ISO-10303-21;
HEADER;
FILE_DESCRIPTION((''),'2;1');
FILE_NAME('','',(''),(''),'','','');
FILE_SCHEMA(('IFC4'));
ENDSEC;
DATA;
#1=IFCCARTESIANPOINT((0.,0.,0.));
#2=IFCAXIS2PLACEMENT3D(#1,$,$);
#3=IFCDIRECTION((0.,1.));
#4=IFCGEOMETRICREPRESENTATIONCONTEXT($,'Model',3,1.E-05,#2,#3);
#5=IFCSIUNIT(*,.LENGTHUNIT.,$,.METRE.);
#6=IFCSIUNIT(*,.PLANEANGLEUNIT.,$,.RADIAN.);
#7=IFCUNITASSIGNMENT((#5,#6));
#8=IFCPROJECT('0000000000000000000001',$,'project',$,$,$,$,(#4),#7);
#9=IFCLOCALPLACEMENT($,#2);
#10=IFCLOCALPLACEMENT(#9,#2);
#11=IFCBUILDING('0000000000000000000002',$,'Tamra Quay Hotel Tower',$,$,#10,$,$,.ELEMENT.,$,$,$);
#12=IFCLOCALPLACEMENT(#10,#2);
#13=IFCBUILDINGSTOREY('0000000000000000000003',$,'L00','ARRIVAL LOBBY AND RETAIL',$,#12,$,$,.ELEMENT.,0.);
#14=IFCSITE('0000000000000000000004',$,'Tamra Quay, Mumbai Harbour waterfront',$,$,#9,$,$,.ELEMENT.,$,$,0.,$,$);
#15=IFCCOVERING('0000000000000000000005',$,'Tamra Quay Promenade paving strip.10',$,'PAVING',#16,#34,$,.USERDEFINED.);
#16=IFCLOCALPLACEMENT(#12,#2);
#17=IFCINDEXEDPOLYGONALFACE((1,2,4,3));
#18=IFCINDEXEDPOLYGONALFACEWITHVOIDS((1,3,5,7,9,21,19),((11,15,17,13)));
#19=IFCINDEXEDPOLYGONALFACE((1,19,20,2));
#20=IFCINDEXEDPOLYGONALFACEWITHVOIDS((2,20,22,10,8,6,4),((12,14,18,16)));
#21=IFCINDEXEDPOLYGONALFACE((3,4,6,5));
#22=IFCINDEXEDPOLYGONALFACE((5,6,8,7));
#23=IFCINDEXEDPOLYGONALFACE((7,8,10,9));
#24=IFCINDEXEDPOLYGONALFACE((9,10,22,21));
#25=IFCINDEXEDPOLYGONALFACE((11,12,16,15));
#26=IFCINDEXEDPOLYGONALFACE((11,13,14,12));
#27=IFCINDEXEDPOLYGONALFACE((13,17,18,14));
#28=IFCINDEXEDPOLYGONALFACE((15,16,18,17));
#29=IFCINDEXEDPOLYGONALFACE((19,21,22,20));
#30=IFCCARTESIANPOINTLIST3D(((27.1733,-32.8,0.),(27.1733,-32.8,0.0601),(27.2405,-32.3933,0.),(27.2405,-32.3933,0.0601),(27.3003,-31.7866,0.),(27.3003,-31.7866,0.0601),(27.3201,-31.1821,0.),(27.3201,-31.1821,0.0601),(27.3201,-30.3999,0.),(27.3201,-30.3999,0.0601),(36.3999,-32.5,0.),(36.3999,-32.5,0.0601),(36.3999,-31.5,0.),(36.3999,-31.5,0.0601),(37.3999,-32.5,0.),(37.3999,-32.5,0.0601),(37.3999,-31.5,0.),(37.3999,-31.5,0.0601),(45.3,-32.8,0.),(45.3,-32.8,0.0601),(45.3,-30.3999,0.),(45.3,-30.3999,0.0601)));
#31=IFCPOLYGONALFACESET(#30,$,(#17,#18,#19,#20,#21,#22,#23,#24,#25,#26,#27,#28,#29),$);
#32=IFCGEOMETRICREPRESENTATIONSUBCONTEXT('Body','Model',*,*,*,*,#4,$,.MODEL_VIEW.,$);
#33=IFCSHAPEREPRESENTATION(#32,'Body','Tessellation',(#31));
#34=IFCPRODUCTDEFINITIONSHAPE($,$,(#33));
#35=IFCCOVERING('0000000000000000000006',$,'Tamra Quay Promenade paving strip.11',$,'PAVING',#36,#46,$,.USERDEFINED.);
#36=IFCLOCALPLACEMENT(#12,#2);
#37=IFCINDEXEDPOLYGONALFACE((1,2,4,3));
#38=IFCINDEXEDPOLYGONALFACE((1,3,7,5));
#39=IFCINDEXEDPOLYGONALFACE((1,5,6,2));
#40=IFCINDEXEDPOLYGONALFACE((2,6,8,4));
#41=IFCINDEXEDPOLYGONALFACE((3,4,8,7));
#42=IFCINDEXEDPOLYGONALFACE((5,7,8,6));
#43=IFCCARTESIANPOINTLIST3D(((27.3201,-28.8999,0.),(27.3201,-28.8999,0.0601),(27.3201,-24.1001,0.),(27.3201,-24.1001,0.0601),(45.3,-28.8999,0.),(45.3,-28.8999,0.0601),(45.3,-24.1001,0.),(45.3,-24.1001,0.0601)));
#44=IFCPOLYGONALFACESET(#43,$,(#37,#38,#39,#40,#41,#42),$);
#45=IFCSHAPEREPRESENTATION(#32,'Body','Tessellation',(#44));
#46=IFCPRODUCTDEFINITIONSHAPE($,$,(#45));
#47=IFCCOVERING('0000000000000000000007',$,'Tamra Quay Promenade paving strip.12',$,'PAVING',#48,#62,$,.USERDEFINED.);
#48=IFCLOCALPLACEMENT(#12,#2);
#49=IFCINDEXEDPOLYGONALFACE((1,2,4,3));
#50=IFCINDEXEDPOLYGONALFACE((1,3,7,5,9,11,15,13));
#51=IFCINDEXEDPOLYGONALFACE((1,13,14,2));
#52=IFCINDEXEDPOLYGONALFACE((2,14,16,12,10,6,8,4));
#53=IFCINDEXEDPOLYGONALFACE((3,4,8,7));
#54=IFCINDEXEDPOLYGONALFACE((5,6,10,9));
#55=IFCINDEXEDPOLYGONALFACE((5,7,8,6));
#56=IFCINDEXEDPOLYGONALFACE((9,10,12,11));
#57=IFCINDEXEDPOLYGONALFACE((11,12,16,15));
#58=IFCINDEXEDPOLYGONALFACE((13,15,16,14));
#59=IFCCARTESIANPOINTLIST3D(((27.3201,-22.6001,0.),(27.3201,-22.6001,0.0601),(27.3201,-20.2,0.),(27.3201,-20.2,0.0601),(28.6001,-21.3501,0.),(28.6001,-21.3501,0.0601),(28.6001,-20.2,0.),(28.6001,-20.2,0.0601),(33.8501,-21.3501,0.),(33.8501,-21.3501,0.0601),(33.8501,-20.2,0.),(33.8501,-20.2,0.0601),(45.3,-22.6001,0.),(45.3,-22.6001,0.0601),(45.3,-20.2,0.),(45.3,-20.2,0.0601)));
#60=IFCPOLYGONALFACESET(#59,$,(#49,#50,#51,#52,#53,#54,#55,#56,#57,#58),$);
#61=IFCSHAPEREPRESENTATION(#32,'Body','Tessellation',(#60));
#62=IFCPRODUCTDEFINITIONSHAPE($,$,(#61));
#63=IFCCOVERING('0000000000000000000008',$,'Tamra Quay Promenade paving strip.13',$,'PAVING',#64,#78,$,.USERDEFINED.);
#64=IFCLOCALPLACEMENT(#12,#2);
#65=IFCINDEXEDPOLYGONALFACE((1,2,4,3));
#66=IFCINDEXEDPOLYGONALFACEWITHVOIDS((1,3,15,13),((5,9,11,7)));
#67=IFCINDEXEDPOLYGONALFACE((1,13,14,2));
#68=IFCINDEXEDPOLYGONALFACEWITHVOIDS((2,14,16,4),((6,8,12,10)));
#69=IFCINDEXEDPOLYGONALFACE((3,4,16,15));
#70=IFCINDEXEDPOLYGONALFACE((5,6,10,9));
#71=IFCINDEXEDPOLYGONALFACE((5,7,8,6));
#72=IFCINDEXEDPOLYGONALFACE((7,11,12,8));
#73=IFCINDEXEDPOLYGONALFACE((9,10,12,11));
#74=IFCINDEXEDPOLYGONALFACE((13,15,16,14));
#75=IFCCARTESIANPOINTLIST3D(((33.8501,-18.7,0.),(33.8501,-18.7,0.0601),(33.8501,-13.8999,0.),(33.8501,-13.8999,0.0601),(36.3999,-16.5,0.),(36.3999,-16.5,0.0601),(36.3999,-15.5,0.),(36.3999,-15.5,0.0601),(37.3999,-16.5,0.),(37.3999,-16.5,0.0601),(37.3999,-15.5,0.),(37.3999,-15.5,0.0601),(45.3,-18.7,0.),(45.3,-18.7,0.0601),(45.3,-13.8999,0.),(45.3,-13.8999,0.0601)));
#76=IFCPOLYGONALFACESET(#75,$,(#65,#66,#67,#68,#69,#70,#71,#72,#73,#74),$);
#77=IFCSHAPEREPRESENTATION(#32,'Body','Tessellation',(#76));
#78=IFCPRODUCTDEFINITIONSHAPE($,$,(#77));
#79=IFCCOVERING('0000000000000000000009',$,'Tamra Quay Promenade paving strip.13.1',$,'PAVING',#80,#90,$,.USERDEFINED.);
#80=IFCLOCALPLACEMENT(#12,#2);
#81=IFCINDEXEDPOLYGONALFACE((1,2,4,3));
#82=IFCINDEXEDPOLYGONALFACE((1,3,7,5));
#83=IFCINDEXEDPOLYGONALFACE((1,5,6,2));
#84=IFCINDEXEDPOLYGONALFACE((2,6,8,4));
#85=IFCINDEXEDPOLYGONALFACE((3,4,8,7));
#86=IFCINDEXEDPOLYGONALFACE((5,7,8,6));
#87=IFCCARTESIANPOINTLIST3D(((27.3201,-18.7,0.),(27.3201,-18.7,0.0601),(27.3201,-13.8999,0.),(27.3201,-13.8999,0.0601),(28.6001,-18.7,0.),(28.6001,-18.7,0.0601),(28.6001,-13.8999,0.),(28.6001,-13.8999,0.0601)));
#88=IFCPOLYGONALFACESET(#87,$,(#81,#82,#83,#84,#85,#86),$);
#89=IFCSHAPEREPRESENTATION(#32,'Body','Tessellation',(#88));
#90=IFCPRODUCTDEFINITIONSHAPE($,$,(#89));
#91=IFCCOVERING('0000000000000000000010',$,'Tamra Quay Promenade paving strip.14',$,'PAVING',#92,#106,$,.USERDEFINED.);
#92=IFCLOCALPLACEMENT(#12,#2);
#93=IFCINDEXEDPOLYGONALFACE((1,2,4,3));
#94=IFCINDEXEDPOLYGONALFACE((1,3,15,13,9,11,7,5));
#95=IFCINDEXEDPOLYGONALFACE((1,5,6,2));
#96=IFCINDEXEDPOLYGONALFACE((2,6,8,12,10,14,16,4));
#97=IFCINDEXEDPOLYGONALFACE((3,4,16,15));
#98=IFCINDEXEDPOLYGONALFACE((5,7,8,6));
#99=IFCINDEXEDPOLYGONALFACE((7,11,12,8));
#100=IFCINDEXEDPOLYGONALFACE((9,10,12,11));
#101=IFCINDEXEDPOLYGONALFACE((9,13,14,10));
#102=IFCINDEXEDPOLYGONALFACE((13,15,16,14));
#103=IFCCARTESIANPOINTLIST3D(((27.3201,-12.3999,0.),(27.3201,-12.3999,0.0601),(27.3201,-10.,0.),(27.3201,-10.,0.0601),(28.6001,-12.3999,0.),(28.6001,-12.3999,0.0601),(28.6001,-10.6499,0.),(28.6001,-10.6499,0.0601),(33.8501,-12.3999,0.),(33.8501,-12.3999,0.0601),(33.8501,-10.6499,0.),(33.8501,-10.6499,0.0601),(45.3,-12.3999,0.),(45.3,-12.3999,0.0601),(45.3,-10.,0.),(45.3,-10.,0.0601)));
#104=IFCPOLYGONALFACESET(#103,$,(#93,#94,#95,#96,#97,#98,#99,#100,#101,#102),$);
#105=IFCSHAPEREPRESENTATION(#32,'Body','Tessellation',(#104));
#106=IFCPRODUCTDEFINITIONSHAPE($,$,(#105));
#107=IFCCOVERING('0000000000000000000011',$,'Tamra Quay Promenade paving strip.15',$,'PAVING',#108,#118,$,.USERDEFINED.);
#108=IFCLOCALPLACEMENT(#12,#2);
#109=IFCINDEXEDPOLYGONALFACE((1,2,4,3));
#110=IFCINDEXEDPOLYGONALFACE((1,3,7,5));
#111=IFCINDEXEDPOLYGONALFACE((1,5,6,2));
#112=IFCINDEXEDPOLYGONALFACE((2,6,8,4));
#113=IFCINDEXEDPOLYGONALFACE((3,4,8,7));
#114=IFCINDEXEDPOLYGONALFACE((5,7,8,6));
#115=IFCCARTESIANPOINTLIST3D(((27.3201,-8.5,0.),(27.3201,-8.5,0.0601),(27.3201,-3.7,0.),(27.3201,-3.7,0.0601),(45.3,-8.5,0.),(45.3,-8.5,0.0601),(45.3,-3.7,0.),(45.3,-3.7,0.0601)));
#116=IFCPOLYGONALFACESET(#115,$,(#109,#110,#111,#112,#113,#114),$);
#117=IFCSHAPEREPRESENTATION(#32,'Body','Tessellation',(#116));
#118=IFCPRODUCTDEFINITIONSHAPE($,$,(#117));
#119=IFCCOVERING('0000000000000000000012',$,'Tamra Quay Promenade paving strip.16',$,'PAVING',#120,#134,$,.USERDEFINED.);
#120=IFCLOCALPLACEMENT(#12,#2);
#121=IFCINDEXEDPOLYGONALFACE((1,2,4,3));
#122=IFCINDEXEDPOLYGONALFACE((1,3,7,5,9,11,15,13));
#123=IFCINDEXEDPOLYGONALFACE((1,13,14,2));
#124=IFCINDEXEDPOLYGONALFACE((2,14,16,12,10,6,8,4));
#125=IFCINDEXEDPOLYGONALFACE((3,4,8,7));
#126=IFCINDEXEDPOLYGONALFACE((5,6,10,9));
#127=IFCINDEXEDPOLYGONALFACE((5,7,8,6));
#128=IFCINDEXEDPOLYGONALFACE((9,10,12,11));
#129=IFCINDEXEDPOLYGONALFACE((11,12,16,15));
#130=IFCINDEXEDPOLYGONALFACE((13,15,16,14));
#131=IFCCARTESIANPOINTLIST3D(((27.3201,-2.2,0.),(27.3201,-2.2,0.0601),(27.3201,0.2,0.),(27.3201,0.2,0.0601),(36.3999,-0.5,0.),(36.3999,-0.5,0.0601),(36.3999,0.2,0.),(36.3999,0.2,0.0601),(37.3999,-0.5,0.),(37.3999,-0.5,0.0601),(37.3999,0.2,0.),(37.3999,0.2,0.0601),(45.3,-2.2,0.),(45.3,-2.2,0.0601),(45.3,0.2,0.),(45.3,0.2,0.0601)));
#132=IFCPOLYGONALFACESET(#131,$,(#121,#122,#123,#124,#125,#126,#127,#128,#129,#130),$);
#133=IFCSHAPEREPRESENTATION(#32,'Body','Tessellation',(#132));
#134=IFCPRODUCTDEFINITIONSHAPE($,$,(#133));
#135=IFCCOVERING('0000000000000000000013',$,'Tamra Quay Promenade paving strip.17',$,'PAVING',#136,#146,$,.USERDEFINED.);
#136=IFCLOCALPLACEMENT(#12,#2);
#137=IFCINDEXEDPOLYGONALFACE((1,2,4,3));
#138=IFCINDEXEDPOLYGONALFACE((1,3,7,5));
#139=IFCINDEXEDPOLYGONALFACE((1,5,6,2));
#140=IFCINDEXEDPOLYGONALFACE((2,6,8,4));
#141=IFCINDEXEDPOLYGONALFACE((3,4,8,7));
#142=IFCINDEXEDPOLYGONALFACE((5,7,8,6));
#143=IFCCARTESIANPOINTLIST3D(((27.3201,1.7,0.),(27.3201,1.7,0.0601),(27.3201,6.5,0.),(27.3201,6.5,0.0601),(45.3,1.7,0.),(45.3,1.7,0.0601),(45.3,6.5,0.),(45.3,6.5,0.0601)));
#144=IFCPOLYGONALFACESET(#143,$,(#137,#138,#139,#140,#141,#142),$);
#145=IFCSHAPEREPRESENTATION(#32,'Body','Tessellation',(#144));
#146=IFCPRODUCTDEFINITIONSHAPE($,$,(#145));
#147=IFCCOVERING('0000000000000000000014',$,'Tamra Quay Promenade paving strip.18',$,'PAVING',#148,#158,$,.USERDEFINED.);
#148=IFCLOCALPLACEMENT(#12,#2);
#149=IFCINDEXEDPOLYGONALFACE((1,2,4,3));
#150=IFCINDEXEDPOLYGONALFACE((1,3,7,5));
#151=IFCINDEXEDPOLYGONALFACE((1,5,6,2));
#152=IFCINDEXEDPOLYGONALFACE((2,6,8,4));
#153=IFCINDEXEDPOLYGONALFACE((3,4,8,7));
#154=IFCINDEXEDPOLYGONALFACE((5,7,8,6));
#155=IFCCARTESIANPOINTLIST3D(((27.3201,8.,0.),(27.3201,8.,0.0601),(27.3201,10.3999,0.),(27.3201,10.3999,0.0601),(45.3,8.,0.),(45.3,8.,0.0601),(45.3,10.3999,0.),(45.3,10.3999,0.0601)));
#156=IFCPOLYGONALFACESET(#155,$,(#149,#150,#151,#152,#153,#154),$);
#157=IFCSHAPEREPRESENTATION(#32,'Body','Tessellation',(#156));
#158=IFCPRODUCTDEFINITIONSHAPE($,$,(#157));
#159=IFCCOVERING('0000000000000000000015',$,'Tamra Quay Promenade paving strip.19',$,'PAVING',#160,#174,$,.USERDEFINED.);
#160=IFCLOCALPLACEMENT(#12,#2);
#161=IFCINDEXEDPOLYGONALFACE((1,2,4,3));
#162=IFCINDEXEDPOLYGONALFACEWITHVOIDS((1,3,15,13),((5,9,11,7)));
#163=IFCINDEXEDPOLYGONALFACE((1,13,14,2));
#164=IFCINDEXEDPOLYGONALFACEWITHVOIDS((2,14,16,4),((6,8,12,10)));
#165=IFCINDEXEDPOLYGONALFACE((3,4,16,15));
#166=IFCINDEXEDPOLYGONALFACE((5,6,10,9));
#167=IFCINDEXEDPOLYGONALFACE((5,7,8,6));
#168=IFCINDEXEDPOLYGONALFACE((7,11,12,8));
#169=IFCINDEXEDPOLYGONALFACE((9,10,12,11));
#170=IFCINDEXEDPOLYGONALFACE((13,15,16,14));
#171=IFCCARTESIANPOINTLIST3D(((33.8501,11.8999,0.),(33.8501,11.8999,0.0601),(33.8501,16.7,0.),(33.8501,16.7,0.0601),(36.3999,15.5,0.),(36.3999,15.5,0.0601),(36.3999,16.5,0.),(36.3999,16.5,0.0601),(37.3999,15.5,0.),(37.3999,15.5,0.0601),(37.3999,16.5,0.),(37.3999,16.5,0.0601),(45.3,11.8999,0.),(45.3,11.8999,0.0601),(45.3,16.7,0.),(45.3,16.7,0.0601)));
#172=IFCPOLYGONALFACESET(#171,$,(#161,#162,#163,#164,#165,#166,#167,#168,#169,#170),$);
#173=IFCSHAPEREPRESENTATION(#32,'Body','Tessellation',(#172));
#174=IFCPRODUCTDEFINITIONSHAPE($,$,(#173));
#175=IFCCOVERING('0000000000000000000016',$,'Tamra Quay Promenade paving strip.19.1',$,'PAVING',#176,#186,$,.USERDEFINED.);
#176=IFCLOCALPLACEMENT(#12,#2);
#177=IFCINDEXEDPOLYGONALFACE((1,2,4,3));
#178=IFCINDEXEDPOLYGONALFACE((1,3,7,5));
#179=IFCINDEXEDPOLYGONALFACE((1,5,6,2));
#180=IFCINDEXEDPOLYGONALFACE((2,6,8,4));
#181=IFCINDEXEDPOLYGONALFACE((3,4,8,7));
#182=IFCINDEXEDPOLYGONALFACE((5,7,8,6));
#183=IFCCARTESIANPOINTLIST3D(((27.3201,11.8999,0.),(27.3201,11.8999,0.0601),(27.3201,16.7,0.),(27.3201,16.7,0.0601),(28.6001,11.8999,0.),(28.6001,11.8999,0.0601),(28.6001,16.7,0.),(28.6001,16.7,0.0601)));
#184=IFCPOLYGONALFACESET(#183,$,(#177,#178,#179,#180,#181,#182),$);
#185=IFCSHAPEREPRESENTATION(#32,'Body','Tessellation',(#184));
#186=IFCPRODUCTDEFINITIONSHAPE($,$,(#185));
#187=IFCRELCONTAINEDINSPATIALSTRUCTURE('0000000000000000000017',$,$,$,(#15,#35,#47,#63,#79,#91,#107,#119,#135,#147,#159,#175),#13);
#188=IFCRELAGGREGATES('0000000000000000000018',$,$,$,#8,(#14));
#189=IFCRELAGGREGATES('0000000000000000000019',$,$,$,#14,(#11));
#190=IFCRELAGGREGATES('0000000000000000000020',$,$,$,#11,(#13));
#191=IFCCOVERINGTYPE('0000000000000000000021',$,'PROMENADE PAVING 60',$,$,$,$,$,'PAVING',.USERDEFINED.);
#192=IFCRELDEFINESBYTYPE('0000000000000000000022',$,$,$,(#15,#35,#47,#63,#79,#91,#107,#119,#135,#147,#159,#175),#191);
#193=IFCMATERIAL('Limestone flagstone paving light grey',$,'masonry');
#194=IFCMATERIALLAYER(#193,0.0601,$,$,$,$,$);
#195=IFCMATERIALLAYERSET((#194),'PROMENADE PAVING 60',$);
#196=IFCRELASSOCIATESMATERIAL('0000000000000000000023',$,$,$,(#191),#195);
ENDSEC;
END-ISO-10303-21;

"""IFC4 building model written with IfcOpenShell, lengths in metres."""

from ifc_helpers import new_model, si_unit, direction, origin, place, context, subcontext, project, spatial, polyline, outline, extrude, material, layer, layer_set, type_object, element, save


model = new_model("IFC4")

# Units and contexts
model_context = context("Model", 3, precision=1e-05, world=origin(), true_north=direction((0.0, 1.0)))
body_context = subcontext(model_context, "Body", "Model", "MODEL_VIEW")
ifc_project = project(units=[si_unit("LENGTHUNIT", "METRE"), si_unit("PLANEANGLEUNIT", "RADIAN")], contexts=[model_context])

# Site, building, storey
site_placement = place(None, origin())
site = spatial("IfcSite", under=ifc_project, at=site_placement, Name="Tamra Quay, Mumbai Harbour waterfront", CompositionType="ELEMENT", RefElevation=0.0)
building_placement = place(site_placement, origin())
building = spatial("IfcBuilding", under=site, at=building_placement, Name="Tamra Quay Hotel Tower", CompositionType="ELEMENT")
storey_placement = place(building_placement, origin())
storey = spatial("IfcBuildingStorey", under=building, at=storey_placement, Name="L00", Description="ARRIVAL LOBBY AND RETAIL", CompositionType="ELEMENT", Elevation=0.0)

# Coverings
ifc_material = material(Name="Limestone flagstone paving light grey", Category="masonry")
ifc_layer = layer(ifc_material, 0.0601)
ifc_layer_set = layer_set([ifc_layer], Name="PROMENADE PAVING 60")
covering_type = type_object("IfcCoveringType", Name="PROMENADE PAVING 60", ElementType="PAVING", PredefinedType="USERDEFINED", material=ifc_layer_set)
covering_1_placement = place(storey_placement, origin())
element("IfcCovering", 1, at=covering_1_placement, inside=storey, type_object=covering_type, Name="Tamra Quay Promenade paving strip.10", ObjectType="PAVING", PredefinedType="USERDEFINED", context=body_context, shape_type="SweptSolid", body=[
    extrude(outline(polyline([(27.2405, -32.3933), (27.1733, -32.8), (45.3, -32.8), (45.3, -30.3999), (27.3201, -30.3999), (27.3201, -31.1821), (27.3003, -31.7866), (27.2405, -32.3933)]), holes=[polyline([(36.3999, -31.5), (36.3999, -32.5), (37.3999, -32.5), (37.3999, -31.5), (36.3999, -31.5)])]), origin(), (0.0, 0.0, 1.0), 0.0601),
])
covering_2_placement = place(storey_placement, origin())
element("IfcCovering", 2, at=covering_2_placement, inside=storey, type_object=covering_type, Name="Tamra Quay Promenade paving strip.11", ObjectType="PAVING", PredefinedType="USERDEFINED", context=body_context, shape_type="SweptSolid", body=[
    extrude(outline(polyline([(27.3201, -24.1001), (27.3201, -28.8999), (45.3, -28.8999), (45.3, -24.1001), (27.3201, -24.1001)])), origin(), (0.0, 0.0, 1.0), 0.0601),
])
covering_3_placement = place(storey_placement, origin())
element("IfcCovering", 3, at=covering_3_placement, inside=storey, type_object=covering_type, Name="Tamra Quay Promenade paving strip.12", ObjectType="PAVING", PredefinedType="USERDEFINED", context=body_context, shape_type="SweptSolid", body=[
    extrude(outline(polyline([(27.3201, -20.2), (27.3201, -22.6001), (45.3, -22.6001), (45.3, -20.2), (33.8501, -20.2), (33.8501, -21.3501), (28.6001, -21.3501), (28.6001, -20.2), (27.3201, -20.2)])), origin(), (0.0, 0.0, 1.0), 0.0601),
])
covering_4_placement = place(storey_placement, origin())
element("IfcCovering", 4, at=covering_4_placement, inside=storey, type_object=covering_type, Name="Tamra Quay Promenade paving strip.13", ObjectType="PAVING", PredefinedType="USERDEFINED", context=body_context, shape_type="SweptSolid", body=[
    extrude(outline(polyline([(45.3, -18.7), (45.3, -13.8999), (33.8501, -13.8999), (33.8501, -18.7), (45.3, -18.7)]), holes=[polyline([(36.3999, -15.5), (36.3999, -16.5), (37.3999, -16.5), (37.3999, -15.5), (36.3999, -15.5)])]), origin(), (0.0, 0.0, 1.0), 0.0601),
])
covering_5_placement = place(storey_placement, origin())
element("IfcCovering", 5, at=covering_5_placement, inside=storey, type_object=covering_type, Name="Tamra Quay Promenade paving strip.13.1", ObjectType="PAVING", PredefinedType="USERDEFINED", context=body_context, shape_type="SweptSolid", body=[
    extrude(outline(polyline([(27.3201, -13.8999), (27.3201, -18.7), (28.6001, -18.7), (28.6001, -13.8999), (27.3201, -13.8999)])), origin(), (0.0, 0.0, 1.0), 0.0601),
])
covering_6_placement = place(storey_placement, origin())
element("IfcCovering", 6, at=covering_6_placement, inside=storey, type_object=covering_type, Name="Tamra Quay Promenade paving strip.14", ObjectType="PAVING", PredefinedType="USERDEFINED", context=body_context, shape_type="SweptSolid", body=[
    extrude(outline(polyline([(27.3201, -10.0), (27.3201, -12.3999), (28.6001, -12.3999), (28.6001, -10.6499), (33.8501, -10.6499), (33.8501, -12.3999), (45.3, -12.3999), (45.3, -10.0), (27.3201, -10.0)])), origin(), (0.0, 0.0, 1.0), 0.0601),
])
covering_7_placement = place(storey_placement, origin())
element("IfcCovering", 7, at=covering_7_placement, inside=storey, type_object=covering_type, Name="Tamra Quay Promenade paving strip.15", ObjectType="PAVING", PredefinedType="USERDEFINED", context=body_context, shape_type="SweptSolid", body=[
    extrude(outline(polyline([(27.3201, -3.7), (27.3201, -8.5), (45.3, -8.5), (45.3, -3.7), (27.3201, -3.7)])), origin(), (0.0, 0.0, 1.0), 0.0601),
])
covering_8_placement = place(storey_placement, origin())
element("IfcCovering", 8, at=covering_8_placement, inside=storey, type_object=covering_type, Name="Tamra Quay Promenade paving strip.16", ObjectType="PAVING", PredefinedType="USERDEFINED", context=body_context, shape_type="SweptSolid", body=[
    extrude(outline(polyline([(27.3201, 0.2), (27.3201, -2.2), (45.3, -2.2), (45.3, 0.2), (37.3999, 0.2), (37.3999, -0.5), (36.3999, -0.5), (36.3999, 0.2), (27.3201, 0.2)])), origin(), (0.0, 0.0, 1.0), 0.0601),
])
covering_9_placement = place(storey_placement, origin())
element("IfcCovering", 9, at=covering_9_placement, inside=storey, type_object=covering_type, Name="Tamra Quay Promenade paving strip.17", ObjectType="PAVING", PredefinedType="USERDEFINED", context=body_context, shape_type="SweptSolid", body=[
    extrude(outline(polyline([(27.3201, 6.5), (27.3201, 1.7), (45.3, 1.7), (45.3, 6.5), (27.3201, 6.5)])), origin(), (0.0, 0.0, 1.0), 0.0601),
])
covering_10_placement = place(storey_placement, origin())
element("IfcCovering", 10, at=covering_10_placement, inside=storey, type_object=covering_type, Name="Tamra Quay Promenade paving strip.18", ObjectType="PAVING", PredefinedType="USERDEFINED", context=body_context, shape_type="SweptSolid", body=[
    extrude(outline(polyline([(27.3201, 10.3999), (27.3201, 8.0), (45.3, 8.0), (45.3, 10.3999), (27.3201, 10.3999)])), origin(), (0.0, 0.0, 1.0), 0.0601),
])
covering_11_placement = place(storey_placement, origin())
element("IfcCovering", 11, at=covering_11_placement, inside=storey, type_object=covering_type, Name="Tamra Quay Promenade paving strip.19", ObjectType="PAVING", PredefinedType="USERDEFINED", context=body_context, shape_type="SweptSolid", body=[
    extrude(outline(polyline([(45.3, 11.8999), (45.3, 16.7), (33.8501, 16.7), (33.8501, 11.8999), (45.3, 11.8999)]), holes=[polyline([(36.3999, 16.5), (36.3999, 15.5), (37.3999, 15.5), (37.3999, 16.5), (36.3999, 16.5)])]), origin(), (0.0, 0.0, 1.0), 0.0601),
])
covering_12_placement = place(storey_placement, origin())
element("IfcCovering", 12, at=covering_12_placement, inside=storey, type_object=covering_type, Name="Tamra Quay Promenade paving strip.19.1", ObjectType="PAVING", PredefinedType="USERDEFINED", context=body_context, shape_type="SweptSolid", body=[
    extrude(outline(polyline([(27.3201, 16.7), (27.3201, 11.8999), (28.6001, 11.8999), (28.6001, 16.7), (27.3201, 16.7)])), origin(), (0.0, 0.0, 1.0), 0.0601),
])

save(model, "model.ifc")
